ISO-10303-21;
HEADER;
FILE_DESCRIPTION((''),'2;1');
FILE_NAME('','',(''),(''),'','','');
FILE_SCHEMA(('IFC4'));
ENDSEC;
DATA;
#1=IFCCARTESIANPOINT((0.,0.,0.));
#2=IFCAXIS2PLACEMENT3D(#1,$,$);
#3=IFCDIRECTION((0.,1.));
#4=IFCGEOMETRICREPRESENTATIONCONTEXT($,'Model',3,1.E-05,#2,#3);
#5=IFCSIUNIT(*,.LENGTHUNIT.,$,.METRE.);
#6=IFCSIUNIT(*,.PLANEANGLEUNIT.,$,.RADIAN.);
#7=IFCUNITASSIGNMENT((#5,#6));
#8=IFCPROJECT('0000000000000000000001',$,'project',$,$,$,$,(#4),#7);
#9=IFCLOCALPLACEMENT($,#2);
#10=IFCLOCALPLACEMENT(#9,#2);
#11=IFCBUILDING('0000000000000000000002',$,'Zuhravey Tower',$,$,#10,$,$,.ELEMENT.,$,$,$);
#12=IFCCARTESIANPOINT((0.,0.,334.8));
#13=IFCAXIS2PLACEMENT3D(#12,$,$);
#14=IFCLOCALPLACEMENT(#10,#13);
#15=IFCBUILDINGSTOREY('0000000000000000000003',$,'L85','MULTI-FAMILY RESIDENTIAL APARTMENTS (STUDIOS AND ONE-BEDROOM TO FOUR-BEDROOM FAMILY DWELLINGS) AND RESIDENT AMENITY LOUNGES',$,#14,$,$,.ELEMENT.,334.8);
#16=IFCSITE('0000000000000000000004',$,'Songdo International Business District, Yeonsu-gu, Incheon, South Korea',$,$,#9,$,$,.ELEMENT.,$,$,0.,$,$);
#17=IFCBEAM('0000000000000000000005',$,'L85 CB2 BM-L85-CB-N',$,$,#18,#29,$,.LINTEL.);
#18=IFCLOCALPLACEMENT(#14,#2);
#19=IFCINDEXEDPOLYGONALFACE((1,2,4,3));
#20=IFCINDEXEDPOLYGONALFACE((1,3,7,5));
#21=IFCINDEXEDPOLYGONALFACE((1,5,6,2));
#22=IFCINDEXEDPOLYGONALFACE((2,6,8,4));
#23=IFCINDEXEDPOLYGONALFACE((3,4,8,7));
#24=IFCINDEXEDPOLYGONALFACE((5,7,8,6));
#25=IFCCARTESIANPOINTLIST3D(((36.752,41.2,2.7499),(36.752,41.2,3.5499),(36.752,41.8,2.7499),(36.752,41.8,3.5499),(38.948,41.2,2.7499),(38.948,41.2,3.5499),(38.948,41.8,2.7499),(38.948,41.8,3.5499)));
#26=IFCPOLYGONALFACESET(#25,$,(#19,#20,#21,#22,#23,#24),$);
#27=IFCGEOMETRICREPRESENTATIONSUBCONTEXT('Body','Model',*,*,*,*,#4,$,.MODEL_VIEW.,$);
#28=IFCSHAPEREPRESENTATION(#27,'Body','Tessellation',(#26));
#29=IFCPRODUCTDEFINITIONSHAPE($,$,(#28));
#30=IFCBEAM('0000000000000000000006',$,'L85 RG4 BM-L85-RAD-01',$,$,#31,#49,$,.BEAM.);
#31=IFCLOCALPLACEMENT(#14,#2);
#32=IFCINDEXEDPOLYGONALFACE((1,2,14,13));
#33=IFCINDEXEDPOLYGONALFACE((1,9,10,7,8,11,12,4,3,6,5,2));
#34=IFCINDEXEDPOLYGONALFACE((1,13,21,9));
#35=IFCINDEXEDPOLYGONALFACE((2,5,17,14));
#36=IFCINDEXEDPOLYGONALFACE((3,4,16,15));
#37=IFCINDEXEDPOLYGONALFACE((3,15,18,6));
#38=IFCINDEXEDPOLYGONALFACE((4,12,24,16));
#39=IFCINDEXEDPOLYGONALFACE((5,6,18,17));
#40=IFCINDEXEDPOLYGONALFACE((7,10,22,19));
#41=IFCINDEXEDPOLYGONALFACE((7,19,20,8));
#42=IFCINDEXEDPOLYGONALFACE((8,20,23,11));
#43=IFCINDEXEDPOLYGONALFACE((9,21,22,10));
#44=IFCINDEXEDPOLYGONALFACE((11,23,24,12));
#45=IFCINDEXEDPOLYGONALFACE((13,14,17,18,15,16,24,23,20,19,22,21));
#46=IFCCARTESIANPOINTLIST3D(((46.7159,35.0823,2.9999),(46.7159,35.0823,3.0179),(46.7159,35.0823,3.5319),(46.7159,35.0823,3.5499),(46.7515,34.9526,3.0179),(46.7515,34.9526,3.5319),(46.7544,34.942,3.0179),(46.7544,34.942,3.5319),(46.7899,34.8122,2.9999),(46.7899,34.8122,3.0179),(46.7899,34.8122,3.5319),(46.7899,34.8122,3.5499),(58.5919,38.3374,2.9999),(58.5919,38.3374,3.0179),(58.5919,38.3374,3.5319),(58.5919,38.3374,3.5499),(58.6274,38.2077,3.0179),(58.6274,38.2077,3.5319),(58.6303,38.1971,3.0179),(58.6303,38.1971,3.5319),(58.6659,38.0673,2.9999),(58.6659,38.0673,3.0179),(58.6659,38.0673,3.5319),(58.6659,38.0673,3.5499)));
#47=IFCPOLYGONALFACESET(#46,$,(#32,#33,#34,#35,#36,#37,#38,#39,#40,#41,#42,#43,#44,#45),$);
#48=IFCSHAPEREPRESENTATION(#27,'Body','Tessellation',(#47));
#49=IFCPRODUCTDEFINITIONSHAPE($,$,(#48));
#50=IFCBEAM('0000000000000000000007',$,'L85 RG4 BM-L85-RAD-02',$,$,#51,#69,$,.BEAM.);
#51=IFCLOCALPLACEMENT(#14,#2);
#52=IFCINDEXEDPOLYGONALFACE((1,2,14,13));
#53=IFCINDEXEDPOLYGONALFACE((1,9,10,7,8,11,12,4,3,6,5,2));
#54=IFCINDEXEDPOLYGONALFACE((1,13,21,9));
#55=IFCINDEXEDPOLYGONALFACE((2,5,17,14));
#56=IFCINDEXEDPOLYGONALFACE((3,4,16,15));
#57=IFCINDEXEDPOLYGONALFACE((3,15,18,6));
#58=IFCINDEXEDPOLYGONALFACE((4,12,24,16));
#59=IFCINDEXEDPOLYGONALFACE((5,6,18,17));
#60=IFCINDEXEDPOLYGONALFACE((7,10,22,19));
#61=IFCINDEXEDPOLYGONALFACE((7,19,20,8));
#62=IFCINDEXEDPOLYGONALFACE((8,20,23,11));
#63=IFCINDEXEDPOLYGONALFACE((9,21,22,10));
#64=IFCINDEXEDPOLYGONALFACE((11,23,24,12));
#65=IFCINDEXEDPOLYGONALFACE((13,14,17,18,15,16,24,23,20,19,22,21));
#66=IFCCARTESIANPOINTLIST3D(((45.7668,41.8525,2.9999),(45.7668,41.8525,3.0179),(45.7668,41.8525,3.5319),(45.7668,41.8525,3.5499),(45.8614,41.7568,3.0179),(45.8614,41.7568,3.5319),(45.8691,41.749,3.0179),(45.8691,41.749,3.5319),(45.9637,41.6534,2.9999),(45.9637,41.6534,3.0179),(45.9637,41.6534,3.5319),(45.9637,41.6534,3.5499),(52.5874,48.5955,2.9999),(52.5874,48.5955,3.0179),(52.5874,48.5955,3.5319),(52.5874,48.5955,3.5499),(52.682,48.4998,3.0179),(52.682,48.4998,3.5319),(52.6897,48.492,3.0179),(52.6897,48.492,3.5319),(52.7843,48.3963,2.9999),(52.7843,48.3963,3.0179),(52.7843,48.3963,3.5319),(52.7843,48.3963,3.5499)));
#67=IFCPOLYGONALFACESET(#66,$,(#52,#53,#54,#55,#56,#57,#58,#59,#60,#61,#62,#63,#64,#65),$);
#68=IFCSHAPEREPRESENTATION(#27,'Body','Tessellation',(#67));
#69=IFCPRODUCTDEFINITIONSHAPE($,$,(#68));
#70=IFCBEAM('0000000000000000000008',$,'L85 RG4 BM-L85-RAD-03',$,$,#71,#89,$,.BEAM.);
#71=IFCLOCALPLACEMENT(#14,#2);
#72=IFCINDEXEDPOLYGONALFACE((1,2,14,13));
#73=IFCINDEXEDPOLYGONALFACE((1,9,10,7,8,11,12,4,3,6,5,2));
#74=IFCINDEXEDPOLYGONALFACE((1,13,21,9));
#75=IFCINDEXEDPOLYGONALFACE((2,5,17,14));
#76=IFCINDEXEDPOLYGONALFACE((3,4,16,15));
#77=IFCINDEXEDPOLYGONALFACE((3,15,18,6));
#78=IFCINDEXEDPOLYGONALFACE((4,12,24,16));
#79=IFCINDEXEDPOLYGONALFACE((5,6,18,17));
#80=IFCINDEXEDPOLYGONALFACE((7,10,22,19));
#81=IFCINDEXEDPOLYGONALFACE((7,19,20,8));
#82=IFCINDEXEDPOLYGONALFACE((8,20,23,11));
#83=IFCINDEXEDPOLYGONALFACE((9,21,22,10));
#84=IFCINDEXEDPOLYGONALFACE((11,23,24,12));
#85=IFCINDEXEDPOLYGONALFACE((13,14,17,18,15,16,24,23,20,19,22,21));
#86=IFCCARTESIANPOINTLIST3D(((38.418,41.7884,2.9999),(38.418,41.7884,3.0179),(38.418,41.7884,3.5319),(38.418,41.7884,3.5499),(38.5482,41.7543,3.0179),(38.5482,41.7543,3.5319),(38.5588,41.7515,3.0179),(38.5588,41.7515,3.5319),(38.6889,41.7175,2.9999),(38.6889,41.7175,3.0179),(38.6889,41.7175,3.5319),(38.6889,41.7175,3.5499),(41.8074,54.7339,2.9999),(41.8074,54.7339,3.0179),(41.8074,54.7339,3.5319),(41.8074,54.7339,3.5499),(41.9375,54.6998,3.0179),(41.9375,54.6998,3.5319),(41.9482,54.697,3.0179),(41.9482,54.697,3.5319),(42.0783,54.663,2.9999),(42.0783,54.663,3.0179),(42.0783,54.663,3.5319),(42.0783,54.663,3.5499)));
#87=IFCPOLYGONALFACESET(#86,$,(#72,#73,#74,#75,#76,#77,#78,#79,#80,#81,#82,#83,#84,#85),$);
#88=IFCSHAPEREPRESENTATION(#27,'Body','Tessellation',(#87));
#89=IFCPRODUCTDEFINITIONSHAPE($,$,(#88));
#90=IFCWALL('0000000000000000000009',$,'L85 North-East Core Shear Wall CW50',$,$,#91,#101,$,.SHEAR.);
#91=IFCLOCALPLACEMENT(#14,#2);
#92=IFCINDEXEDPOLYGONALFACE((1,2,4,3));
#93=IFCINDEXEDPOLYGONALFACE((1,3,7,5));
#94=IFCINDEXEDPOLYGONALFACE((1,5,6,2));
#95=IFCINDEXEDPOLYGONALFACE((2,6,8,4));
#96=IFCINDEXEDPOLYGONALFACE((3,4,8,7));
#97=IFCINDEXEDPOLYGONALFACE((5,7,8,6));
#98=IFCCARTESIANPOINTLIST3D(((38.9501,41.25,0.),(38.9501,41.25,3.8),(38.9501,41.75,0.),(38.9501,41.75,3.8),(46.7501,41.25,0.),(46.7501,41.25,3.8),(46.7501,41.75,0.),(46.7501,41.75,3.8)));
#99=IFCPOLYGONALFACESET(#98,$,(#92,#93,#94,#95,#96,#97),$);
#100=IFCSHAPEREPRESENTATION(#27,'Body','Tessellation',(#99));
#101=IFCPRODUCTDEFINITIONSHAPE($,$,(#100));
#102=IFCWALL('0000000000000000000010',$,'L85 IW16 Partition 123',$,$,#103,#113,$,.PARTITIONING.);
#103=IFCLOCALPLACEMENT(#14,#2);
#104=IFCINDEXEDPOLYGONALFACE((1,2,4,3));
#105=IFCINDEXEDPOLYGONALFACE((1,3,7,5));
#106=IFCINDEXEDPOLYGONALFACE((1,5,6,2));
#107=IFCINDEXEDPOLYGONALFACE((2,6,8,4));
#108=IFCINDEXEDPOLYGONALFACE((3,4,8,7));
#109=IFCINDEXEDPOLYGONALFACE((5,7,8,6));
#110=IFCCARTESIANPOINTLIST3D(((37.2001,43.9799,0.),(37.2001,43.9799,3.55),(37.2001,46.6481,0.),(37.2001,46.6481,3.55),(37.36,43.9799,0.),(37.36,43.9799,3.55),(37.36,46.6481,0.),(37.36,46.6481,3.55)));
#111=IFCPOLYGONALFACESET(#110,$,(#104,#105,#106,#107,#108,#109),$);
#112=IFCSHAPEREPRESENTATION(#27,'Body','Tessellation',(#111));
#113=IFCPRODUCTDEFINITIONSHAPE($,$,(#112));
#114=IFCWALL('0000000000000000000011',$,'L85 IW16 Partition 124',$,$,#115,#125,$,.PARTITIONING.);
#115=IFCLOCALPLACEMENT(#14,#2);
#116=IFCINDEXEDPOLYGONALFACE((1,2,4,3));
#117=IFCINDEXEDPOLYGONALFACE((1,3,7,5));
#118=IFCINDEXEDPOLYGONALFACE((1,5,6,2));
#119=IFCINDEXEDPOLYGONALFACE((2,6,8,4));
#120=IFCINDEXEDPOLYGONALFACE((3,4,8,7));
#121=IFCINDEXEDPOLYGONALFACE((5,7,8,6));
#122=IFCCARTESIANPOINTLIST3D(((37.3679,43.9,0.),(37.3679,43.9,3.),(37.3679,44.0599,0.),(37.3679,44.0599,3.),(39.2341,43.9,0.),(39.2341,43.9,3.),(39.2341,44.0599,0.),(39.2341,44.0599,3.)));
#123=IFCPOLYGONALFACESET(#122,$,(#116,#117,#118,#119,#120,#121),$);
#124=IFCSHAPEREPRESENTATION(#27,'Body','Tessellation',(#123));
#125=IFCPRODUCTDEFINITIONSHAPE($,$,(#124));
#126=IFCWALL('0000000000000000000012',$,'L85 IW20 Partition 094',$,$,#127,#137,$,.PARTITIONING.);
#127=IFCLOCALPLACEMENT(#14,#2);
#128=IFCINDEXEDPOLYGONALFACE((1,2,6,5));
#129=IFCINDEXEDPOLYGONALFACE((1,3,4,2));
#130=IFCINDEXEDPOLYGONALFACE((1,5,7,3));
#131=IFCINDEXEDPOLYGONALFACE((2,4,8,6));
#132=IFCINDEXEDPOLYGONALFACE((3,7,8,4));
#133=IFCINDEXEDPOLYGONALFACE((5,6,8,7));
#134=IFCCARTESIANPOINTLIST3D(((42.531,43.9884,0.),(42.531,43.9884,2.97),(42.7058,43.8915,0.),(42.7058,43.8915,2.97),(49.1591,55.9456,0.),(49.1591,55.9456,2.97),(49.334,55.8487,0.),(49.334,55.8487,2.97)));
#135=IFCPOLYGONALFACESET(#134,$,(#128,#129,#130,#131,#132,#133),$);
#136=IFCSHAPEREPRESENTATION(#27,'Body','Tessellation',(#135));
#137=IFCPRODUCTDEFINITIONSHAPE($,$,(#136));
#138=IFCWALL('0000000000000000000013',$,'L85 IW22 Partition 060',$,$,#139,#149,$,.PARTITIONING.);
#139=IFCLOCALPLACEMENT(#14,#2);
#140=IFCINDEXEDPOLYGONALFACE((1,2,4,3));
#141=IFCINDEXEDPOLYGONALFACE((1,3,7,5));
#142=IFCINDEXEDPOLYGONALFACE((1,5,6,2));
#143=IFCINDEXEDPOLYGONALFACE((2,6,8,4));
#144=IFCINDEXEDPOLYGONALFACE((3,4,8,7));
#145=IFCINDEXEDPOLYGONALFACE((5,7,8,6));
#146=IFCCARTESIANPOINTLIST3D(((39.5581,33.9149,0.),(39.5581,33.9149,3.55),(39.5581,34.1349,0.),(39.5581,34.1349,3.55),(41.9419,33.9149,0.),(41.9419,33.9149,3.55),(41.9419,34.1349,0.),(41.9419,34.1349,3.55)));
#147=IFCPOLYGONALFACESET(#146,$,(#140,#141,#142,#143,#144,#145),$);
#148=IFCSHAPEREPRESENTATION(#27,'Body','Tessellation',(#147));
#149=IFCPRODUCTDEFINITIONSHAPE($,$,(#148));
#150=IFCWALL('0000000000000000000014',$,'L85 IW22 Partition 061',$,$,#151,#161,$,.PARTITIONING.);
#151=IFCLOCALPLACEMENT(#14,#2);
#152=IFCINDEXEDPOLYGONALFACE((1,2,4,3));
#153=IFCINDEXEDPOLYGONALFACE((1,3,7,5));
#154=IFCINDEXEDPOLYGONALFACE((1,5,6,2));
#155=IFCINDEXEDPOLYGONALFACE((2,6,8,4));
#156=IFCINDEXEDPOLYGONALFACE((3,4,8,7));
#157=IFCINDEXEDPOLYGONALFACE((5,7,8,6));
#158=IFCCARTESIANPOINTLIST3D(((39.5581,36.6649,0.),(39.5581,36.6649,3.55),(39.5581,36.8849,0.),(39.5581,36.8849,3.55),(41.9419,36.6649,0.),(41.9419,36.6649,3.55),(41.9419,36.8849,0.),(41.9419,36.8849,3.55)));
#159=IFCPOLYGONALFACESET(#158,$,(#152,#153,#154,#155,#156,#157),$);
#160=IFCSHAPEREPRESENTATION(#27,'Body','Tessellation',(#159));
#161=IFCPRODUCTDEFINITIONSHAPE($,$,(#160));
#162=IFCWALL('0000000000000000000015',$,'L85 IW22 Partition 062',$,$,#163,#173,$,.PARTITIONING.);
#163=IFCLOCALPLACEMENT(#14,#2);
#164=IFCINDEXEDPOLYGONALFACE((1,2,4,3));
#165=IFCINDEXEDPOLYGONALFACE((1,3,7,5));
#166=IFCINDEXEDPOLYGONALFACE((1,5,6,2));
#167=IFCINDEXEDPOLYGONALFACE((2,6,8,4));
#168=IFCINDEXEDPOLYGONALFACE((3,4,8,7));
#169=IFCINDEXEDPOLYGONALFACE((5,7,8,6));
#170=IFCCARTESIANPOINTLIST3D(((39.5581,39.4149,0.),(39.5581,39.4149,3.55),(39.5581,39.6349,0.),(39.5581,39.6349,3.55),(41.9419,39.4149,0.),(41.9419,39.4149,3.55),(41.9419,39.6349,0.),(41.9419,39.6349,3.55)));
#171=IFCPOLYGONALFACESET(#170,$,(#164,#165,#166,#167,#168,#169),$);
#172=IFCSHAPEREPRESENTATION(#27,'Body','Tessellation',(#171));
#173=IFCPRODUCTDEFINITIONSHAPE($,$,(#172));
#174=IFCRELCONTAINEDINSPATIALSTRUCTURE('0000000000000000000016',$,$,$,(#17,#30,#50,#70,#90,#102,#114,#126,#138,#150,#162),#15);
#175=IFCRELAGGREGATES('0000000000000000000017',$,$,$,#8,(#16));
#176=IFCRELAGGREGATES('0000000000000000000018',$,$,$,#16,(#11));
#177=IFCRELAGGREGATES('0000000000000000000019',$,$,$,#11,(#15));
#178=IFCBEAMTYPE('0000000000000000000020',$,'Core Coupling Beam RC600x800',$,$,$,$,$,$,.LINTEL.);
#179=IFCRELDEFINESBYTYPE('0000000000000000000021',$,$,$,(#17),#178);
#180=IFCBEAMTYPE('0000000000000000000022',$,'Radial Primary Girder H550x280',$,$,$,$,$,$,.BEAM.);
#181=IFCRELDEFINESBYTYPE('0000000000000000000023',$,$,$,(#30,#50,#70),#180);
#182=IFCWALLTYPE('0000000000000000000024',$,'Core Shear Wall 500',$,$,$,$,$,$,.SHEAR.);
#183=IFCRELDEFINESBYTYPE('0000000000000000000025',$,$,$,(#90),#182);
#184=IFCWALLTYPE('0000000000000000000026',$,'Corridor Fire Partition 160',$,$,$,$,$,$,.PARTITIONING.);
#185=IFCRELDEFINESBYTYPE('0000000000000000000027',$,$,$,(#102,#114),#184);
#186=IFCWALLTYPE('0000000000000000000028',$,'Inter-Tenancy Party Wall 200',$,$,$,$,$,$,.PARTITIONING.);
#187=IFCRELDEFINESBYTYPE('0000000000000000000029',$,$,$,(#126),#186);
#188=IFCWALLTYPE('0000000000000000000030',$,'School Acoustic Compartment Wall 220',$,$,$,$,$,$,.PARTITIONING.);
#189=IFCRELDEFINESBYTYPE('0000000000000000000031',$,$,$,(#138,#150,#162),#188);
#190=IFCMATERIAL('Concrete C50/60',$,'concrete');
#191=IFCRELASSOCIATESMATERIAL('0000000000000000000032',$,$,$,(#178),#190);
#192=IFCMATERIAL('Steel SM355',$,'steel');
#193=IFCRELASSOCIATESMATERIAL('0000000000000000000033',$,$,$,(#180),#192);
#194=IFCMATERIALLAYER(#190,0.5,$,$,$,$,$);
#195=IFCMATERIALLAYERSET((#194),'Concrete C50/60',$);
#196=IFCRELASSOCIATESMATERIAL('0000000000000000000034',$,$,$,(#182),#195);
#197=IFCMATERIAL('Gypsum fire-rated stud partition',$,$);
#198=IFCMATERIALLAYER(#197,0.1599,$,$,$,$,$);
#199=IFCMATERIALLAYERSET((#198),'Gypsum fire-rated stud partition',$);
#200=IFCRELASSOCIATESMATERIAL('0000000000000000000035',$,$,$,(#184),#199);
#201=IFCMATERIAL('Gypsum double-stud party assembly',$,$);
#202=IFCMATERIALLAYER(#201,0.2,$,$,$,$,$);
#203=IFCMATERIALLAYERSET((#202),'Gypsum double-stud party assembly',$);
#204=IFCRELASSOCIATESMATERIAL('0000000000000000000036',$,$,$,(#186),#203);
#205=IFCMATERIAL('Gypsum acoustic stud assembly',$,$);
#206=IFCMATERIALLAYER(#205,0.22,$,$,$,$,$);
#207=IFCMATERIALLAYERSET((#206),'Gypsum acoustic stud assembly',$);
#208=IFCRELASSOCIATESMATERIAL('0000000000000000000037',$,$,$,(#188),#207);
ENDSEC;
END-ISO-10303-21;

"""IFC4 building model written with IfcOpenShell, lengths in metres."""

from ifc_helpers import new_model, si_unit, direction, frame, frame_2d, origin, origin_2d, place, context, subcontext, project, spatial, rectangle, i_section, extrude, material, layer, layer_set, material_profile, profile_set, type_object, element, save


model = new_model("IFC4")

# Units and contexts
model_context = context("Model", 3, precision=1e-05, world=origin(), true_north=direction((0.0, 1.0)))
body_context = subcontext(model_context, "Body", "Model", "MODEL_VIEW")
ifc_project = project(units=[si_unit("LENGTHUNIT", "METRE"), si_unit("PLANEANGLEUNIT", "RADIAN")], contexts=[model_context])

# Site, building, storey
site_placement = place(None, origin())
site = spatial("IfcSite", under=ifc_project, at=site_placement, Name="Songdo International Business District, Yeonsu-gu, Incheon, South Korea", CompositionType="ELEMENT", RefElevation=0.0)
building_placement = place(site_placement, origin())
building = spatial("IfcBuilding", under=site, at=building_placement, Name="Zuhravey Tower", CompositionType="ELEMENT")
storey_placement = place(building_placement, frame((0.0, 0.0, 334.8)))
storey = spatial("IfcBuildingStorey", under=building, at=storey_placement, Name="L85", Description="MULTI-FAMILY RESIDENTIAL APARTMENTS (STUDIOS AND ONE-BEDROOM TO FOUR-BEDROOM FAMILY DWELLINGS) AND RESIDENT AMENITY LOUNGES", CompositionType="ELEMENT", Elevation=334.8)

# Beams
ifc_material_1 = material(Name="Concrete C50/60", Category="concrete")
ifc_material_profile_1 = material_profile(ifc_material_1, rectangle(XDim=0.6001, YDim=0.8, at=origin_2d()), Name="RC-600x800")
ifc_profile_set_1 = profile_set([ifc_material_profile_1], Name="Concrete C50/60")
beam_type_1 = type_object("IfcBeamType", Name="Core Coupling Beam RC600x800", PredefinedType="LINTEL", material=ifc_profile_set_1)
beam_1_placement = place(storey_placement, frame((36.752, 41.5, 3.1499), z_axis=(1.0, 0.0, 0.0), x_axis=(0.0, 1.0, 0.0)))
element("IfcBeam", 1, at=beam_1_placement, inside=storey, type_object=beam_type_1, Name="L85 CB2 BM-L85-CB-N", PredefinedType="LINTEL", context=body_context, shape_type="SweptSolid", body=[
    extrude(rectangle(XDim=0.6001, YDim=0.8, at=origin_2d()), origin(), (0.0, 0.0, 1.0), 2.196),
])
ifc_material_2 = material(Name="Steel SM355", Category="steel")
ifc_material_profile_2 = material_profile(ifc_material_2, i_section(OverallWidth=0.28, OverallDepth=0.55, WebThickness=0.011, FlangeThickness=0.0181, at=origin_2d()), Name="H-550x280x11x18")
ifc_profile_set_2 = profile_set([ifc_material_profile_2], Name="Steel SM355")
beam_type_2 = type_object("IfcBeamType", Name="Radial Primary Girder H550x280", PredefinedType="BEAM", material=ifc_profile_set_2)
beam_2_placement = place(storey_placement, frame((46.7529, 34.9473, 3.2749), z_axis=(0.964429, 0.264344, 0.0), x_axis=(-0.264344, 0.964429, 0.0)))
element("IfcBeam", 2, at=beam_2_placement, inside=storey, type_object=beam_type_2, Name="L85 RG4 BM-L85-RAD-01", PredefinedType="BEAM", context=body_context, shape_type="SweptSolid", body=[
    extrude(i_section(OverallWidth=0.28, OverallDepth=0.55, WebThickness=0.011, FlangeThickness=0.0181, at=origin_2d()), origin(), (0.0, 0.0, 1.0), 12.314),
])
beam_3_placement = place(storey_placement, frame((45.8652, 41.7529, 3.2749), z_axis=(0.711143, 0.703048, 0.0), x_axis=(-0.703048, 0.711143, 0.0)))
element("IfcBeam", 3, at=beam_3_placement, inside=storey, type_object=beam_type_2, Name="L85 RG4 BM-L85-RAD-02", PredefinedType="BEAM", context=body_context, shape_type="SweptSolid", body=[
    extrude(i_section(OverallWidth=0.28, OverallDepth=0.55, WebThickness=0.011, FlangeThickness=0.0181, at=origin_2d()), origin(), (0.0, 0.0, 1.0), 9.5911),
])
beam_4_placement = place(storey_placement, frame((38.5535, 41.7529, 3.2749), z_axis=(0.253283, 0.967392, 0.0), x_axis=(-0.967392, 0.253283, 0.0)))
element("IfcBeam", 4, at=beam_4_placement, inside=storey, type_object=beam_type_2, Name="L85 RG4 BM-L85-RAD-03", PredefinedType="BEAM", context=body_context, shape_type="SweptSolid", body=[
    extrude(i_section(OverallWidth=0.28, OverallDepth=0.55, WebThickness=0.011, FlangeThickness=0.0181, at=origin_2d()), origin(), (0.0, 0.0, 1.0), 13.3818),
])

# Wall
ifc_layer_1 = layer(ifc_material_1, 0.5)
ifc_layer_set_1 = layer_set([ifc_layer_1], Name="Concrete C50/60")
wall_type_1 = type_object("IfcWallType", Name="Core Shear Wall 500", PredefinedType="SHEAR", material=ifc_layer_set_1)
wall_1_placement = place(storey_placement, frame((46.75, 41.5, 0.0), z_axis=(0.0, 0.0, 1.0), x_axis=(-1.0, 0.0, 0.0)))
element("IfcWall", 5, at=wall_1_placement, inside=storey, type_object=wall_type_1, Name="L85 North-East Core Shear Wall CW50", PredefinedType="SHEAR", context=body_context, shape_type="SweptSolid", body=[
    extrude(rectangle(XDim=7.8, YDim=0.5, at=frame_2d((3.8999, 0.0))), origin(), (0.0, 0.0, 1.0), 3.8),
])

# Walls
ifc_material_3 = material(Name="Gypsum fire-rated stud partition")
ifc_layer_2 = layer(ifc_material_3, 0.1599)
ifc_layer_set_2 = layer_set([ifc_layer_2], Name="Gypsum fire-rated stud partition")
wall_type_2 = type_object("IfcWallType", Name="Corridor Fire Partition 160", PredefinedType="PARTITIONING", material=ifc_layer_set_2)
wall_2_placement = place(storey_placement, frame((37.28, 43.98, 0.0), z_axis=(0.0, 0.0, 1.0), x_axis=(0.0, 1.0, 0.0)))
element("IfcWall", 6, at=wall_2_placement, inside=storey, type_object=wall_type_2, Name="L85 IW16 Partition 123", PredefinedType="PARTITIONING", context=body_context, shape_type="SweptSolid", body=[
    extrude(rectangle(XDim=2.6682, YDim=0.1599, at=frame_2d((1.334, 0.0))), origin(), (0.0, 0.0, 1.0), 3.55),
])
wall_3_placement = place(storey_placement, frame((39.2341, 43.98, 0.0), z_axis=(0.0, 0.0, 1.0), x_axis=(-1.0, 0.0, 0.0)))
element("IfcWall", 7, at=wall_3_placement, inside=storey, type_object=wall_type_2, Name="L85 IW16 Partition 124", PredefinedType="PARTITIONING", context=body_context, shape_type="SweptSolid", body=[
    extrude(rectangle(XDim=1.8662, YDim=0.1599, at=frame_2d((0.9331, 0.0))), origin(), (0.0, 0.0, 1.0), 3.0),
])

# Walls
ifc_material_4 = material(Name="Gypsum double-stud party assembly")
ifc_layer_3 = layer(ifc_material_4, 0.2)
ifc_layer_set_3 = layer_set([ifc_layer_3], Name="Gypsum double-stud party assembly")
wall_type_3 = type_object("IfcWallType", Name="Inter-Tenancy Party Wall 200", PredefinedType="PARTITIONING", material=ifc_layer_set_3)
wall_4_placement = place(storey_placement, frame((42.6184, 43.9399, 0.0), z_axis=(0.0, 0.0, 1.0), x_axis=(0.484818, 0.874615, 0.0)))
element("IfcWall", 8, at=wall_4_placement, inside=storey, type_object=wall_type_3, Name="L85 IW20 Partition 094", PredefinedType="PARTITIONING", context=body_context, shape_type="SweptSolid", body=[
    extrude(rectangle(XDim=13.6714, YDim=0.2, at=frame_2d((6.8357, 0.0))), origin(), (0.0, 0.0, 1.0), 2.97),
])
ifc_material_5 = material(Name="Gypsum acoustic stud assembly")
ifc_layer_4 = layer(ifc_material_5, 0.22)
ifc_layer_set_4 = layer_set([ifc_layer_4], Name="Gypsum acoustic stud assembly")
wall_type_4 = type_object("IfcWallType", Name="School Acoustic Compartment Wall 220", PredefinedType="PARTITIONING", material=ifc_layer_set_4)
for number, where, z_axis, x_axis, name in (
    (9, (39.5581, 34.0249, 0.0), (0.0, 0.0, 1.0), (1.0, 0.0, 0.0), "L85 IW22 Partition 060"),
    (10, (39.5581, 36.7749, 0.0), (0.0, 0.0, 1.0), (1.0, 0.0, 0.0), "L85 IW22 Partition 061"),
    (11, (39.5581, 39.5249, 0.0), (0.0, 0.0, 1.0), (1.0, 0.0, 0.0), "L85 IW22 Partition 062"),
):
    element("IfcWall", number, at=place(storey_placement, frame(where, z_axis=z_axis, x_axis=x_axis)), inside=storey, type_object=wall_type_4, Name=name, PredefinedType="PARTITIONING", context=body_context, shape_type="SweptSolid", body=[
        extrude(rectangle(XDim=2.3838, YDim=0.22, at=frame_2d((1.1919, 0.0))), origin(), (0.0, 0.0, 1.0), 3.55),
    ])

save(model, "model.ifc")
